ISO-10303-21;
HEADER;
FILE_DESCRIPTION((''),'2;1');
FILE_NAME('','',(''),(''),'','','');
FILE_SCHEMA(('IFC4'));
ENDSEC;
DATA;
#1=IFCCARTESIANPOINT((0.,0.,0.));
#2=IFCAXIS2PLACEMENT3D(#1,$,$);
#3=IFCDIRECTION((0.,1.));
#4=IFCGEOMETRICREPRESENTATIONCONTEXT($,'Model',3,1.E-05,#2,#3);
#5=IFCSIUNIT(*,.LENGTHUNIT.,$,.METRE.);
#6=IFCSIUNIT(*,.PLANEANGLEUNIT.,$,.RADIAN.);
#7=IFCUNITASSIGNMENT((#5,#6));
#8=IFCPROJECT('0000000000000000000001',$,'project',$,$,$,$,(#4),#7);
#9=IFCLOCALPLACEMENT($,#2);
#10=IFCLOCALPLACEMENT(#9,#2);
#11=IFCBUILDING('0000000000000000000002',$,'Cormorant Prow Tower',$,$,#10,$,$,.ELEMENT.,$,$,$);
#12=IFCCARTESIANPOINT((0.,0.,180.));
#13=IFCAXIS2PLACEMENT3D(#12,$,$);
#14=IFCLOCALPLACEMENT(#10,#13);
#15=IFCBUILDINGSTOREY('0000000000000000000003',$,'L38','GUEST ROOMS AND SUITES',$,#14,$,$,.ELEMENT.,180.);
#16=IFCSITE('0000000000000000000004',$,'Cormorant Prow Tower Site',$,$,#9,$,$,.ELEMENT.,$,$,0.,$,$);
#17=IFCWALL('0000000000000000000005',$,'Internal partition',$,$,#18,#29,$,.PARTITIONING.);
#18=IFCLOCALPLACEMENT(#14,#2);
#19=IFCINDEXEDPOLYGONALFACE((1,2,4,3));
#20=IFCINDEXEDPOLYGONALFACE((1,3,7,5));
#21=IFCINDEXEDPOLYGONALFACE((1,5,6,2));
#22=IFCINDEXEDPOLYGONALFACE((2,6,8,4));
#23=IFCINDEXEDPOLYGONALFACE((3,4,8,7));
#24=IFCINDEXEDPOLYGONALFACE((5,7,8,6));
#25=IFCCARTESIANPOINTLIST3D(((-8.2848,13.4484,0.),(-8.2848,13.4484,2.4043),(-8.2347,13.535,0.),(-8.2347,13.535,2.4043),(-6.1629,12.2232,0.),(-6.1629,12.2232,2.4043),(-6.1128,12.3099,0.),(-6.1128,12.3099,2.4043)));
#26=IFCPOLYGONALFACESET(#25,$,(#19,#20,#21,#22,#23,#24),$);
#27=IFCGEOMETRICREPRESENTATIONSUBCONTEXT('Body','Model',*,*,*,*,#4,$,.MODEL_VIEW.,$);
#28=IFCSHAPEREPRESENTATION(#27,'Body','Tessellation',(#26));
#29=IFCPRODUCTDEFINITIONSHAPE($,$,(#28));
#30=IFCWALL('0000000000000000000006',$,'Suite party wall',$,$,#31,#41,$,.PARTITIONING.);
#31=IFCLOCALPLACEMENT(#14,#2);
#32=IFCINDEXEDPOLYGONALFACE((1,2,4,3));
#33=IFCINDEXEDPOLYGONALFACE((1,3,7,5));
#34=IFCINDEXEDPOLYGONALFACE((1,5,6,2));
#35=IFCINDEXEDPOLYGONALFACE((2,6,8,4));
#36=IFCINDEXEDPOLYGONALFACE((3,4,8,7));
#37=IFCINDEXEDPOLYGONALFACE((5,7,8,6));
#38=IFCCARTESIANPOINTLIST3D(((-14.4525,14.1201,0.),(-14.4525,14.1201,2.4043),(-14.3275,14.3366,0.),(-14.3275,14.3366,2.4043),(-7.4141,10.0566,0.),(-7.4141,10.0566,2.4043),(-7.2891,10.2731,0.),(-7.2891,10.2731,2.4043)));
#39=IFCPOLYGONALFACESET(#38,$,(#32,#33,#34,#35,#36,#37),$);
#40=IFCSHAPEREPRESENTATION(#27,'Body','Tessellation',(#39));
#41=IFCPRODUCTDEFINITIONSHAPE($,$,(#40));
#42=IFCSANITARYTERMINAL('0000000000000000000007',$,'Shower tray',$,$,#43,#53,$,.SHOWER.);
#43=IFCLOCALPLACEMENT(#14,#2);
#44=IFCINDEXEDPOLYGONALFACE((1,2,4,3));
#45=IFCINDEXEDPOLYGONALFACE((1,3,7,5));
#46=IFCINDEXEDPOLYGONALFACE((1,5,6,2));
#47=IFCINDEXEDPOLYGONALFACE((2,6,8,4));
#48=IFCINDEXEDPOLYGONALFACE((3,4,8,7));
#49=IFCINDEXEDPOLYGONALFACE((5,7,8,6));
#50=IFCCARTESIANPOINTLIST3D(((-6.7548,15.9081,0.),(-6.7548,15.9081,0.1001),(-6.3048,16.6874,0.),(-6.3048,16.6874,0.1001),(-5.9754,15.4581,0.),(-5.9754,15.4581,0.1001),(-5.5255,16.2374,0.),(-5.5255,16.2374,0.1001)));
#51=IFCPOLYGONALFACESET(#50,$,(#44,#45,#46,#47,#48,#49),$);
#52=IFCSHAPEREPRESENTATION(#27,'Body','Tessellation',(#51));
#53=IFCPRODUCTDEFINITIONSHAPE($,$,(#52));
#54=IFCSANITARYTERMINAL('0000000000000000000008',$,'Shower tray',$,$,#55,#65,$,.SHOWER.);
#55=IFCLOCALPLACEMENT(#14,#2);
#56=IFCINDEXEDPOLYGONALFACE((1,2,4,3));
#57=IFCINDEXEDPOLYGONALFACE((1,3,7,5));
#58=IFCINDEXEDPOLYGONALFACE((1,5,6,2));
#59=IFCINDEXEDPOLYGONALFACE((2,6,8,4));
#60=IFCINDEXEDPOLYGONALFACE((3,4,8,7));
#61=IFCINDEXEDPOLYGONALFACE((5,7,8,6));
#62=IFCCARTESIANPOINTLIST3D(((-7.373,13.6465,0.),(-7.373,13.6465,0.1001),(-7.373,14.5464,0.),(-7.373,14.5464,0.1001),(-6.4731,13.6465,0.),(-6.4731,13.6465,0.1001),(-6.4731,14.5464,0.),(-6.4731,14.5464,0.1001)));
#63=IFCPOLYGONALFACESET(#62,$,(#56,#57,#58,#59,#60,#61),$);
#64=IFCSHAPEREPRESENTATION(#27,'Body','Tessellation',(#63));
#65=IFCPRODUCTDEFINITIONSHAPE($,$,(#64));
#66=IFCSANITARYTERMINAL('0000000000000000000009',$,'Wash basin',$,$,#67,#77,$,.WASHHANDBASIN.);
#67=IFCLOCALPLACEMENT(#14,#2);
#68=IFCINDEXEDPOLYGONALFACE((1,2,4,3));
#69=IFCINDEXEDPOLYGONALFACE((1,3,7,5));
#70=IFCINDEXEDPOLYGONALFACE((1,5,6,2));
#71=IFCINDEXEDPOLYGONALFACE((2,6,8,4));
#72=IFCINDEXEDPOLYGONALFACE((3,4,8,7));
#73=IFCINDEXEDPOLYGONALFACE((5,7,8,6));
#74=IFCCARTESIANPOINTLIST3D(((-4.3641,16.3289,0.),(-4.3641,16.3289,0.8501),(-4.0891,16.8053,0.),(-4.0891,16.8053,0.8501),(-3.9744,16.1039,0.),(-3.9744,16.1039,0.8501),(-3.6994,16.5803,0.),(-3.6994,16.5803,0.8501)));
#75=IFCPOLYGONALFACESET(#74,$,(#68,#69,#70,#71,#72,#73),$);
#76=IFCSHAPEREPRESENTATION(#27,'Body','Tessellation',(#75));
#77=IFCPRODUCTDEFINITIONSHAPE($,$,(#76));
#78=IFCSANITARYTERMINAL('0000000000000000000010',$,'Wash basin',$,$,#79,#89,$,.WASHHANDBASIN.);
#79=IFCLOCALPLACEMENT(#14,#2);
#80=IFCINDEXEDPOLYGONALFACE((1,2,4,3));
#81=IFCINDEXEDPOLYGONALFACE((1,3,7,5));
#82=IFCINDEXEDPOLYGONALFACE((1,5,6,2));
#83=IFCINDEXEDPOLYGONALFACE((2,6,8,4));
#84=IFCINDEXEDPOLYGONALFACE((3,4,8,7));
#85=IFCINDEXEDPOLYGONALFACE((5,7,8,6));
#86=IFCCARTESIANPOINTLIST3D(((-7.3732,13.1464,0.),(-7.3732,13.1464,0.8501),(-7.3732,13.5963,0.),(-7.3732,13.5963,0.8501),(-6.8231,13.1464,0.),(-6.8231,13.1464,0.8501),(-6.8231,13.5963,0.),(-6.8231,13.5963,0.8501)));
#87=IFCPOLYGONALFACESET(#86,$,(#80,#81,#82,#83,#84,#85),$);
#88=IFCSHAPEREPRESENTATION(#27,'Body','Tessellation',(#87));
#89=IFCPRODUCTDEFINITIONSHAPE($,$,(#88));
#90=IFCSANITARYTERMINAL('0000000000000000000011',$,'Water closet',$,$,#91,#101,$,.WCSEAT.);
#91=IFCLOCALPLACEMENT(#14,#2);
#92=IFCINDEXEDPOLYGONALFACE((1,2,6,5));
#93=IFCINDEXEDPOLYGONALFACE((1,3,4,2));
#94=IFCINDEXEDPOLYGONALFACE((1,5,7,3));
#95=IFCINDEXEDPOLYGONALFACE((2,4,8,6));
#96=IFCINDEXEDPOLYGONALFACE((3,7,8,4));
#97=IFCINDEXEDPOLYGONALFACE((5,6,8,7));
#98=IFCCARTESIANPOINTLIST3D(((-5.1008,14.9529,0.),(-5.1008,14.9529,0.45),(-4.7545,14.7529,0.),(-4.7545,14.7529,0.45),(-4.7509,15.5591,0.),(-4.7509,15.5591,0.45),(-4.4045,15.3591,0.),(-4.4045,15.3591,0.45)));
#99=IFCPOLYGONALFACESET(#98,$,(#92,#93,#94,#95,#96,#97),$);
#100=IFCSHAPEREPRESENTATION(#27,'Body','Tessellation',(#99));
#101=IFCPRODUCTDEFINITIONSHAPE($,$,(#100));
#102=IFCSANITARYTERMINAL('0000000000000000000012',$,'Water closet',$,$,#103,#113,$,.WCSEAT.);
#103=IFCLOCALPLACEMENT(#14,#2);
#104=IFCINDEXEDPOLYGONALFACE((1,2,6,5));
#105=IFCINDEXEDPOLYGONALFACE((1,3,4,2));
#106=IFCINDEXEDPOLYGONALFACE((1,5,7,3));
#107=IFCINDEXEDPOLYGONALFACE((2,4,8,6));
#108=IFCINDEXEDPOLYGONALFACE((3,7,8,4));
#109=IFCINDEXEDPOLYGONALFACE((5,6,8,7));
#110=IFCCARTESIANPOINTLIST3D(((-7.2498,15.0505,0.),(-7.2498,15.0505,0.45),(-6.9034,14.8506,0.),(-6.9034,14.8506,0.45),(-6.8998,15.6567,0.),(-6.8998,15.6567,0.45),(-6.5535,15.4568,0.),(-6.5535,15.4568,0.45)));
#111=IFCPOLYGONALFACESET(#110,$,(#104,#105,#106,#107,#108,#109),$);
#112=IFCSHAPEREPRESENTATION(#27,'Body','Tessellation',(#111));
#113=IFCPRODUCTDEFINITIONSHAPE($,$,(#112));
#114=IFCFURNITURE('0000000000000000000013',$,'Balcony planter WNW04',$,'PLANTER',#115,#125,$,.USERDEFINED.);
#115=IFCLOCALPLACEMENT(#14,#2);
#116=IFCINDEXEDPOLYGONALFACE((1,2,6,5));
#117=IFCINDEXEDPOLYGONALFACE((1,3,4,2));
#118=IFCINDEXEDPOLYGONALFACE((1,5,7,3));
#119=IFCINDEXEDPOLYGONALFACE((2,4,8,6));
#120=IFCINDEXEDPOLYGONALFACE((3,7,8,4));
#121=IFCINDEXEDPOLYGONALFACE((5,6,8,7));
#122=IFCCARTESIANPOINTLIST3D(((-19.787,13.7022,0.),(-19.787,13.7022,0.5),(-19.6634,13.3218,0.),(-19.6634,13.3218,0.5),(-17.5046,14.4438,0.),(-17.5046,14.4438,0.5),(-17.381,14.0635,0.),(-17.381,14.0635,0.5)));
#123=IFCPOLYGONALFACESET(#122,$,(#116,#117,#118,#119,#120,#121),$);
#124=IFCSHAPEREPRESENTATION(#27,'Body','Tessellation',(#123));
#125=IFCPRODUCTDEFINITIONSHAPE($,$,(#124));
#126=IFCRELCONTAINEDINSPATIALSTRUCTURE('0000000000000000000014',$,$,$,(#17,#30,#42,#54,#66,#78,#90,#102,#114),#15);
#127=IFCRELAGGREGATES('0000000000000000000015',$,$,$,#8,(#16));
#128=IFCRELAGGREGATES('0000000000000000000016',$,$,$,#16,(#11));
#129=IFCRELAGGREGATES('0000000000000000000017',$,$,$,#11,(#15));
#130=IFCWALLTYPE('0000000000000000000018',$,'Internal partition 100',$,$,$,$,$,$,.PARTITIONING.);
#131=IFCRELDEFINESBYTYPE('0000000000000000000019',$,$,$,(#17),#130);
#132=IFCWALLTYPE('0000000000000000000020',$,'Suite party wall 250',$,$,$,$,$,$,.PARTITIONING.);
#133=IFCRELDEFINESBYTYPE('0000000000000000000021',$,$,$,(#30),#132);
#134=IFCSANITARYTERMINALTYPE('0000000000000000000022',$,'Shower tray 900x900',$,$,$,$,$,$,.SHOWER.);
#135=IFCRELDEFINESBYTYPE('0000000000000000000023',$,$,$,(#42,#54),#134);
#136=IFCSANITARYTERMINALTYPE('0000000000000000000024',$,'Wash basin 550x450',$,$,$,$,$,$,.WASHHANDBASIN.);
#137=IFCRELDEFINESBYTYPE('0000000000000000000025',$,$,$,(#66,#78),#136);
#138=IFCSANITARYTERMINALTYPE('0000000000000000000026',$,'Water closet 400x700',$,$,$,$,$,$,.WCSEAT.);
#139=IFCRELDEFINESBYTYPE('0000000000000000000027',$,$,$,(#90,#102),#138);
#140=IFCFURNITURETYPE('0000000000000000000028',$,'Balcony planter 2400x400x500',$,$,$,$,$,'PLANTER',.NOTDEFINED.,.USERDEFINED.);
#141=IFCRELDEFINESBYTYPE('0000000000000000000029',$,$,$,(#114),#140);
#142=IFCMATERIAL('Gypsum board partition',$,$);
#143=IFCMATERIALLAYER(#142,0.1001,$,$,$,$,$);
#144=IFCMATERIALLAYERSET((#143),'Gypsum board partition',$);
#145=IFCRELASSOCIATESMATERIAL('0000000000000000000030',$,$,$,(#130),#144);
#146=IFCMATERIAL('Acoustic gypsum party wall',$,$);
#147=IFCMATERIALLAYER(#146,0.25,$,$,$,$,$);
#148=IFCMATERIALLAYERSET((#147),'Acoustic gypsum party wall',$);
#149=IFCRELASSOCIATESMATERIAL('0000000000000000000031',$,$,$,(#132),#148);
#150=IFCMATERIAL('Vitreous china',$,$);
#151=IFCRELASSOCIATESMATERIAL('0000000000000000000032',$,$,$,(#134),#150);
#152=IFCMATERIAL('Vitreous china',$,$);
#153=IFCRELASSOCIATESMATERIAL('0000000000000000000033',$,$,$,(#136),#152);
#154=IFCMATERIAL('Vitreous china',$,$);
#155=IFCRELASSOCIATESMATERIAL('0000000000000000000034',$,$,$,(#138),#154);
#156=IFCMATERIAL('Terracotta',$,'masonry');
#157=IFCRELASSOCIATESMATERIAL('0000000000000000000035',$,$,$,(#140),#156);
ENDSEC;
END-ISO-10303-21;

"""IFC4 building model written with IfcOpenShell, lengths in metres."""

from ifc_helpers import new_model, si_unit, direction, frame, frame_2d, origin, origin_2d, place, context, subcontext, project, spatial, rectangle, extrude, material, layer, layer_set, type_object, element, save


model = new_model("IFC4")

# Units and contexts
model_context = context("Model", 3, precision=1e-05, world=origin(), true_north=direction((0.0, 1.0)))
body_context = subcontext(model_context, "Body", "Model", "MODEL_VIEW")
ifc_project = project(units=[si_unit("LENGTHUNIT", "METRE"), si_unit("PLANEANGLEUNIT", "RADIAN")], contexts=[model_context])

# Site, building, storey
site_placement = place(None, origin())
site = spatial("IfcSite", under=ifc_project, at=site_placement, Name="Cormorant Prow Tower Site", CompositionType="ELEMENT", RefElevation=0.0)
building_placement = place(site_placement, origin())
building = spatial("IfcBuilding", under=site, at=building_placement, Name="Cormorant Prow Tower", CompositionType="ELEMENT")
storey_placement = place(building_placement, frame((0.0, 0.0, 180.0)))
storey = spatial("IfcBuildingStorey", under=building, at=storey_placement, Name="L38", Description="GUEST ROOMS AND SUITES", CompositionType="ELEMENT", Elevation=180.0)

# Shared definitions
ifc_material_1 = material(Name="Gypsum board partition")
ifc_layer_1 = layer(ifc_material_1, 0.1001)
ifc_layer_set_1 = layer_set([ifc_layer_1], Name="Gypsum board partition")
wall_type_1 = type_object("IfcWallType", Name="Internal partition 100", PredefinedType="PARTITIONING", material=ifc_layer_set_1)

# Walls
wall_1_placement = place(storey_placement, frame((-8.2598, 13.4917, 0.0), z_axis=(0.0, 0.0, 1.0), x_axis=(0.866015, -0.500019, 0.0)))
element("IfcWall", 1, at=wall_1_placement, inside=storey, type_object=wall_type_1, Name="Internal partition", PredefinedType="PARTITIONING", context=body_context, shape_type="SweptSolid", body=[
    extrude(rectangle(XDim=2.4502, YDim=0.1001, at=frame_2d((1.2251, 0.0))), origin(), (0.0, 0.0, 1.0), 2.4043),
])
ifc_material_2 = material(Name="Acoustic gypsum party wall")
ifc_layer_2 = layer(ifc_material_2, 0.25)
ifc_layer_set_2 = layer_set([ifc_layer_2], Name="Acoustic gypsum party wall")
wall_type_2 = type_object("IfcWallType", Name="Suite party wall 250", PredefinedType="PARTITIONING", material=ifc_layer_set_2)
wall_2_placement = place(storey_placement, frame((-14.3899, 14.2283, 0.0), z_axis=(0.0, 0.0, 1.0), x_axis=(0.866031, -0.49999, 0.0)))
element("IfcWall", 2, at=wall_2_placement, inside=storey, type_object=wall_type_2, Name="Suite party wall", PredefinedType="PARTITIONING", context=body_context, shape_type="SweptSolid", body=[
    extrude(rectangle(XDim=8.1272, YDim=0.25, at=frame_2d((4.0635, 0.0))), origin(), (0.0, 0.0, 1.0), 2.4043),
])

# Sanitary terminals
ifc_material_3 = material(Name="Vitreous china")
sanitary_terminal_type_1 = type_object("IfcSanitaryTerminalType", Name="Shower tray 900x900", PredefinedType="SHOWER", material=ifc_material_3)
for number, where, z_axis, x_axis, name in (
    (3, (-6.1401, 16.0728, 0.0), (0.0, 0.0, 1.0), (0.5, 0.866025, 0.0), "Shower tray"),
    (4, (-6.9231, 14.0964, 0.0), (0.0, 0.0, 1.0), (1.0, 0.0, 0.0), "Shower tray"),
):
    element("IfcSanitaryTerminal", number, at=place(storey_placement, frame(where, z_axis=z_axis, x_axis=x_axis)), inside=storey, type_object=sanitary_terminal_type_1, Name=name, PredefinedType="SHOWER", context=body_context, shape_type="SweptSolid", body=[
        extrude(rectangle(XDim=0.8999, YDim=0.8999, at=origin_2d()), origin(), (0.0, 0.0, 1.0), 0.1001),
    ])
ifc_material_4 = material(Name="Vitreous china")
sanitary_terminal_type_2 = type_object("IfcSanitaryTerminalType", Name="Wash basin 550x450", PredefinedType="WASHHANDBASIN", material=ifc_material_4)
for number, where, z_axis, x_axis, name in (
    (5, (-4.0317, 16.4546, 0.0), (0.0, 0.0, 1.0), (-0.5, -0.866025, 0.0), "Wash basin"),
    (6, (-7.0981, 13.3713, 0.0), (0.0, 0.0, 1.0), (1.0, 0.0, 0.0), "Wash basin"),
):
    element("IfcSanitaryTerminal", number, at=place(storey_placement, frame(where, z_axis=z_axis, x_axis=x_axis)), inside=storey, type_object=sanitary_terminal_type_2, Name=name, PredefinedType="WASHHANDBASIN", context=body_context, shape_type="SweptSolid", body=[
        extrude(rectangle(XDim=0.55, YDim=0.45, at=origin_2d()), origin(), (0.0, 0.0, 1.0), 0.8501),
    ])
ifc_material_5 = material(Name="Vitreous china")
sanitary_terminal_type_3 = type_object("IfcSanitaryTerminalType", Name="Water closet 400x700", PredefinedType="WCSEAT", material=ifc_material_5)
for number, where, z_axis, x_axis, name in (
    (7, (-4.7527, 15.156, 0.0), (0.0, 0.0, 1.0), (-0.866025, 0.5, 0.0), "Water closet"),
    (8, (-6.9016, 15.2537, 0.0), (0.0, 0.0, 1.0), (0.866025, -0.5, 0.0), "Water closet"),
):
    element("IfcSanitaryTerminal", number, at=place(storey_placement, frame(where, z_axis=z_axis, x_axis=x_axis)), inside=storey, type_object=sanitary_terminal_type_3, Name=name, PredefinedType="WCSEAT", context=body_context, shape_type="SweptSolid", body=[
        extrude(rectangle(XDim=0.3999, YDim=0.7, at=origin_2d()), origin(), (0.0, 0.0, 1.0), 0.45),
    ])

# Furniture
ifc_material_6 = material(Name="Terracotta", Category="masonry")
furniture_type = type_object("IfcFurnitureType", Name="Balcony planter 2400x400x500", ElementType="PLANTER", AssemblyPlace="NOTDEFINED", PredefinedType="USERDEFINED", material=ifc_material_6)
furniture_placement = place(storey_placement, frame((-18.584, 13.8828, 0.0), z_axis=(0.0, 0.0, 1.0), x_axis=(-0.951056, -0.309017, 0.0)))
element("IfcFurniture", 9, at=furniture_placement, inside=storey, type_object=furniture_type, Name="Balcony planter WNW04", ObjectType="PLANTER", PredefinedType="USERDEFINED", context=body_context, shape_type="SweptSolid", body=[
    extrude(rectangle(XDim=2.3999, YDim=0.3999, at=origin_2d()), origin(), (0.0, 0.0, 1.0), 0.5),
])

save(model, "model.ifc")
